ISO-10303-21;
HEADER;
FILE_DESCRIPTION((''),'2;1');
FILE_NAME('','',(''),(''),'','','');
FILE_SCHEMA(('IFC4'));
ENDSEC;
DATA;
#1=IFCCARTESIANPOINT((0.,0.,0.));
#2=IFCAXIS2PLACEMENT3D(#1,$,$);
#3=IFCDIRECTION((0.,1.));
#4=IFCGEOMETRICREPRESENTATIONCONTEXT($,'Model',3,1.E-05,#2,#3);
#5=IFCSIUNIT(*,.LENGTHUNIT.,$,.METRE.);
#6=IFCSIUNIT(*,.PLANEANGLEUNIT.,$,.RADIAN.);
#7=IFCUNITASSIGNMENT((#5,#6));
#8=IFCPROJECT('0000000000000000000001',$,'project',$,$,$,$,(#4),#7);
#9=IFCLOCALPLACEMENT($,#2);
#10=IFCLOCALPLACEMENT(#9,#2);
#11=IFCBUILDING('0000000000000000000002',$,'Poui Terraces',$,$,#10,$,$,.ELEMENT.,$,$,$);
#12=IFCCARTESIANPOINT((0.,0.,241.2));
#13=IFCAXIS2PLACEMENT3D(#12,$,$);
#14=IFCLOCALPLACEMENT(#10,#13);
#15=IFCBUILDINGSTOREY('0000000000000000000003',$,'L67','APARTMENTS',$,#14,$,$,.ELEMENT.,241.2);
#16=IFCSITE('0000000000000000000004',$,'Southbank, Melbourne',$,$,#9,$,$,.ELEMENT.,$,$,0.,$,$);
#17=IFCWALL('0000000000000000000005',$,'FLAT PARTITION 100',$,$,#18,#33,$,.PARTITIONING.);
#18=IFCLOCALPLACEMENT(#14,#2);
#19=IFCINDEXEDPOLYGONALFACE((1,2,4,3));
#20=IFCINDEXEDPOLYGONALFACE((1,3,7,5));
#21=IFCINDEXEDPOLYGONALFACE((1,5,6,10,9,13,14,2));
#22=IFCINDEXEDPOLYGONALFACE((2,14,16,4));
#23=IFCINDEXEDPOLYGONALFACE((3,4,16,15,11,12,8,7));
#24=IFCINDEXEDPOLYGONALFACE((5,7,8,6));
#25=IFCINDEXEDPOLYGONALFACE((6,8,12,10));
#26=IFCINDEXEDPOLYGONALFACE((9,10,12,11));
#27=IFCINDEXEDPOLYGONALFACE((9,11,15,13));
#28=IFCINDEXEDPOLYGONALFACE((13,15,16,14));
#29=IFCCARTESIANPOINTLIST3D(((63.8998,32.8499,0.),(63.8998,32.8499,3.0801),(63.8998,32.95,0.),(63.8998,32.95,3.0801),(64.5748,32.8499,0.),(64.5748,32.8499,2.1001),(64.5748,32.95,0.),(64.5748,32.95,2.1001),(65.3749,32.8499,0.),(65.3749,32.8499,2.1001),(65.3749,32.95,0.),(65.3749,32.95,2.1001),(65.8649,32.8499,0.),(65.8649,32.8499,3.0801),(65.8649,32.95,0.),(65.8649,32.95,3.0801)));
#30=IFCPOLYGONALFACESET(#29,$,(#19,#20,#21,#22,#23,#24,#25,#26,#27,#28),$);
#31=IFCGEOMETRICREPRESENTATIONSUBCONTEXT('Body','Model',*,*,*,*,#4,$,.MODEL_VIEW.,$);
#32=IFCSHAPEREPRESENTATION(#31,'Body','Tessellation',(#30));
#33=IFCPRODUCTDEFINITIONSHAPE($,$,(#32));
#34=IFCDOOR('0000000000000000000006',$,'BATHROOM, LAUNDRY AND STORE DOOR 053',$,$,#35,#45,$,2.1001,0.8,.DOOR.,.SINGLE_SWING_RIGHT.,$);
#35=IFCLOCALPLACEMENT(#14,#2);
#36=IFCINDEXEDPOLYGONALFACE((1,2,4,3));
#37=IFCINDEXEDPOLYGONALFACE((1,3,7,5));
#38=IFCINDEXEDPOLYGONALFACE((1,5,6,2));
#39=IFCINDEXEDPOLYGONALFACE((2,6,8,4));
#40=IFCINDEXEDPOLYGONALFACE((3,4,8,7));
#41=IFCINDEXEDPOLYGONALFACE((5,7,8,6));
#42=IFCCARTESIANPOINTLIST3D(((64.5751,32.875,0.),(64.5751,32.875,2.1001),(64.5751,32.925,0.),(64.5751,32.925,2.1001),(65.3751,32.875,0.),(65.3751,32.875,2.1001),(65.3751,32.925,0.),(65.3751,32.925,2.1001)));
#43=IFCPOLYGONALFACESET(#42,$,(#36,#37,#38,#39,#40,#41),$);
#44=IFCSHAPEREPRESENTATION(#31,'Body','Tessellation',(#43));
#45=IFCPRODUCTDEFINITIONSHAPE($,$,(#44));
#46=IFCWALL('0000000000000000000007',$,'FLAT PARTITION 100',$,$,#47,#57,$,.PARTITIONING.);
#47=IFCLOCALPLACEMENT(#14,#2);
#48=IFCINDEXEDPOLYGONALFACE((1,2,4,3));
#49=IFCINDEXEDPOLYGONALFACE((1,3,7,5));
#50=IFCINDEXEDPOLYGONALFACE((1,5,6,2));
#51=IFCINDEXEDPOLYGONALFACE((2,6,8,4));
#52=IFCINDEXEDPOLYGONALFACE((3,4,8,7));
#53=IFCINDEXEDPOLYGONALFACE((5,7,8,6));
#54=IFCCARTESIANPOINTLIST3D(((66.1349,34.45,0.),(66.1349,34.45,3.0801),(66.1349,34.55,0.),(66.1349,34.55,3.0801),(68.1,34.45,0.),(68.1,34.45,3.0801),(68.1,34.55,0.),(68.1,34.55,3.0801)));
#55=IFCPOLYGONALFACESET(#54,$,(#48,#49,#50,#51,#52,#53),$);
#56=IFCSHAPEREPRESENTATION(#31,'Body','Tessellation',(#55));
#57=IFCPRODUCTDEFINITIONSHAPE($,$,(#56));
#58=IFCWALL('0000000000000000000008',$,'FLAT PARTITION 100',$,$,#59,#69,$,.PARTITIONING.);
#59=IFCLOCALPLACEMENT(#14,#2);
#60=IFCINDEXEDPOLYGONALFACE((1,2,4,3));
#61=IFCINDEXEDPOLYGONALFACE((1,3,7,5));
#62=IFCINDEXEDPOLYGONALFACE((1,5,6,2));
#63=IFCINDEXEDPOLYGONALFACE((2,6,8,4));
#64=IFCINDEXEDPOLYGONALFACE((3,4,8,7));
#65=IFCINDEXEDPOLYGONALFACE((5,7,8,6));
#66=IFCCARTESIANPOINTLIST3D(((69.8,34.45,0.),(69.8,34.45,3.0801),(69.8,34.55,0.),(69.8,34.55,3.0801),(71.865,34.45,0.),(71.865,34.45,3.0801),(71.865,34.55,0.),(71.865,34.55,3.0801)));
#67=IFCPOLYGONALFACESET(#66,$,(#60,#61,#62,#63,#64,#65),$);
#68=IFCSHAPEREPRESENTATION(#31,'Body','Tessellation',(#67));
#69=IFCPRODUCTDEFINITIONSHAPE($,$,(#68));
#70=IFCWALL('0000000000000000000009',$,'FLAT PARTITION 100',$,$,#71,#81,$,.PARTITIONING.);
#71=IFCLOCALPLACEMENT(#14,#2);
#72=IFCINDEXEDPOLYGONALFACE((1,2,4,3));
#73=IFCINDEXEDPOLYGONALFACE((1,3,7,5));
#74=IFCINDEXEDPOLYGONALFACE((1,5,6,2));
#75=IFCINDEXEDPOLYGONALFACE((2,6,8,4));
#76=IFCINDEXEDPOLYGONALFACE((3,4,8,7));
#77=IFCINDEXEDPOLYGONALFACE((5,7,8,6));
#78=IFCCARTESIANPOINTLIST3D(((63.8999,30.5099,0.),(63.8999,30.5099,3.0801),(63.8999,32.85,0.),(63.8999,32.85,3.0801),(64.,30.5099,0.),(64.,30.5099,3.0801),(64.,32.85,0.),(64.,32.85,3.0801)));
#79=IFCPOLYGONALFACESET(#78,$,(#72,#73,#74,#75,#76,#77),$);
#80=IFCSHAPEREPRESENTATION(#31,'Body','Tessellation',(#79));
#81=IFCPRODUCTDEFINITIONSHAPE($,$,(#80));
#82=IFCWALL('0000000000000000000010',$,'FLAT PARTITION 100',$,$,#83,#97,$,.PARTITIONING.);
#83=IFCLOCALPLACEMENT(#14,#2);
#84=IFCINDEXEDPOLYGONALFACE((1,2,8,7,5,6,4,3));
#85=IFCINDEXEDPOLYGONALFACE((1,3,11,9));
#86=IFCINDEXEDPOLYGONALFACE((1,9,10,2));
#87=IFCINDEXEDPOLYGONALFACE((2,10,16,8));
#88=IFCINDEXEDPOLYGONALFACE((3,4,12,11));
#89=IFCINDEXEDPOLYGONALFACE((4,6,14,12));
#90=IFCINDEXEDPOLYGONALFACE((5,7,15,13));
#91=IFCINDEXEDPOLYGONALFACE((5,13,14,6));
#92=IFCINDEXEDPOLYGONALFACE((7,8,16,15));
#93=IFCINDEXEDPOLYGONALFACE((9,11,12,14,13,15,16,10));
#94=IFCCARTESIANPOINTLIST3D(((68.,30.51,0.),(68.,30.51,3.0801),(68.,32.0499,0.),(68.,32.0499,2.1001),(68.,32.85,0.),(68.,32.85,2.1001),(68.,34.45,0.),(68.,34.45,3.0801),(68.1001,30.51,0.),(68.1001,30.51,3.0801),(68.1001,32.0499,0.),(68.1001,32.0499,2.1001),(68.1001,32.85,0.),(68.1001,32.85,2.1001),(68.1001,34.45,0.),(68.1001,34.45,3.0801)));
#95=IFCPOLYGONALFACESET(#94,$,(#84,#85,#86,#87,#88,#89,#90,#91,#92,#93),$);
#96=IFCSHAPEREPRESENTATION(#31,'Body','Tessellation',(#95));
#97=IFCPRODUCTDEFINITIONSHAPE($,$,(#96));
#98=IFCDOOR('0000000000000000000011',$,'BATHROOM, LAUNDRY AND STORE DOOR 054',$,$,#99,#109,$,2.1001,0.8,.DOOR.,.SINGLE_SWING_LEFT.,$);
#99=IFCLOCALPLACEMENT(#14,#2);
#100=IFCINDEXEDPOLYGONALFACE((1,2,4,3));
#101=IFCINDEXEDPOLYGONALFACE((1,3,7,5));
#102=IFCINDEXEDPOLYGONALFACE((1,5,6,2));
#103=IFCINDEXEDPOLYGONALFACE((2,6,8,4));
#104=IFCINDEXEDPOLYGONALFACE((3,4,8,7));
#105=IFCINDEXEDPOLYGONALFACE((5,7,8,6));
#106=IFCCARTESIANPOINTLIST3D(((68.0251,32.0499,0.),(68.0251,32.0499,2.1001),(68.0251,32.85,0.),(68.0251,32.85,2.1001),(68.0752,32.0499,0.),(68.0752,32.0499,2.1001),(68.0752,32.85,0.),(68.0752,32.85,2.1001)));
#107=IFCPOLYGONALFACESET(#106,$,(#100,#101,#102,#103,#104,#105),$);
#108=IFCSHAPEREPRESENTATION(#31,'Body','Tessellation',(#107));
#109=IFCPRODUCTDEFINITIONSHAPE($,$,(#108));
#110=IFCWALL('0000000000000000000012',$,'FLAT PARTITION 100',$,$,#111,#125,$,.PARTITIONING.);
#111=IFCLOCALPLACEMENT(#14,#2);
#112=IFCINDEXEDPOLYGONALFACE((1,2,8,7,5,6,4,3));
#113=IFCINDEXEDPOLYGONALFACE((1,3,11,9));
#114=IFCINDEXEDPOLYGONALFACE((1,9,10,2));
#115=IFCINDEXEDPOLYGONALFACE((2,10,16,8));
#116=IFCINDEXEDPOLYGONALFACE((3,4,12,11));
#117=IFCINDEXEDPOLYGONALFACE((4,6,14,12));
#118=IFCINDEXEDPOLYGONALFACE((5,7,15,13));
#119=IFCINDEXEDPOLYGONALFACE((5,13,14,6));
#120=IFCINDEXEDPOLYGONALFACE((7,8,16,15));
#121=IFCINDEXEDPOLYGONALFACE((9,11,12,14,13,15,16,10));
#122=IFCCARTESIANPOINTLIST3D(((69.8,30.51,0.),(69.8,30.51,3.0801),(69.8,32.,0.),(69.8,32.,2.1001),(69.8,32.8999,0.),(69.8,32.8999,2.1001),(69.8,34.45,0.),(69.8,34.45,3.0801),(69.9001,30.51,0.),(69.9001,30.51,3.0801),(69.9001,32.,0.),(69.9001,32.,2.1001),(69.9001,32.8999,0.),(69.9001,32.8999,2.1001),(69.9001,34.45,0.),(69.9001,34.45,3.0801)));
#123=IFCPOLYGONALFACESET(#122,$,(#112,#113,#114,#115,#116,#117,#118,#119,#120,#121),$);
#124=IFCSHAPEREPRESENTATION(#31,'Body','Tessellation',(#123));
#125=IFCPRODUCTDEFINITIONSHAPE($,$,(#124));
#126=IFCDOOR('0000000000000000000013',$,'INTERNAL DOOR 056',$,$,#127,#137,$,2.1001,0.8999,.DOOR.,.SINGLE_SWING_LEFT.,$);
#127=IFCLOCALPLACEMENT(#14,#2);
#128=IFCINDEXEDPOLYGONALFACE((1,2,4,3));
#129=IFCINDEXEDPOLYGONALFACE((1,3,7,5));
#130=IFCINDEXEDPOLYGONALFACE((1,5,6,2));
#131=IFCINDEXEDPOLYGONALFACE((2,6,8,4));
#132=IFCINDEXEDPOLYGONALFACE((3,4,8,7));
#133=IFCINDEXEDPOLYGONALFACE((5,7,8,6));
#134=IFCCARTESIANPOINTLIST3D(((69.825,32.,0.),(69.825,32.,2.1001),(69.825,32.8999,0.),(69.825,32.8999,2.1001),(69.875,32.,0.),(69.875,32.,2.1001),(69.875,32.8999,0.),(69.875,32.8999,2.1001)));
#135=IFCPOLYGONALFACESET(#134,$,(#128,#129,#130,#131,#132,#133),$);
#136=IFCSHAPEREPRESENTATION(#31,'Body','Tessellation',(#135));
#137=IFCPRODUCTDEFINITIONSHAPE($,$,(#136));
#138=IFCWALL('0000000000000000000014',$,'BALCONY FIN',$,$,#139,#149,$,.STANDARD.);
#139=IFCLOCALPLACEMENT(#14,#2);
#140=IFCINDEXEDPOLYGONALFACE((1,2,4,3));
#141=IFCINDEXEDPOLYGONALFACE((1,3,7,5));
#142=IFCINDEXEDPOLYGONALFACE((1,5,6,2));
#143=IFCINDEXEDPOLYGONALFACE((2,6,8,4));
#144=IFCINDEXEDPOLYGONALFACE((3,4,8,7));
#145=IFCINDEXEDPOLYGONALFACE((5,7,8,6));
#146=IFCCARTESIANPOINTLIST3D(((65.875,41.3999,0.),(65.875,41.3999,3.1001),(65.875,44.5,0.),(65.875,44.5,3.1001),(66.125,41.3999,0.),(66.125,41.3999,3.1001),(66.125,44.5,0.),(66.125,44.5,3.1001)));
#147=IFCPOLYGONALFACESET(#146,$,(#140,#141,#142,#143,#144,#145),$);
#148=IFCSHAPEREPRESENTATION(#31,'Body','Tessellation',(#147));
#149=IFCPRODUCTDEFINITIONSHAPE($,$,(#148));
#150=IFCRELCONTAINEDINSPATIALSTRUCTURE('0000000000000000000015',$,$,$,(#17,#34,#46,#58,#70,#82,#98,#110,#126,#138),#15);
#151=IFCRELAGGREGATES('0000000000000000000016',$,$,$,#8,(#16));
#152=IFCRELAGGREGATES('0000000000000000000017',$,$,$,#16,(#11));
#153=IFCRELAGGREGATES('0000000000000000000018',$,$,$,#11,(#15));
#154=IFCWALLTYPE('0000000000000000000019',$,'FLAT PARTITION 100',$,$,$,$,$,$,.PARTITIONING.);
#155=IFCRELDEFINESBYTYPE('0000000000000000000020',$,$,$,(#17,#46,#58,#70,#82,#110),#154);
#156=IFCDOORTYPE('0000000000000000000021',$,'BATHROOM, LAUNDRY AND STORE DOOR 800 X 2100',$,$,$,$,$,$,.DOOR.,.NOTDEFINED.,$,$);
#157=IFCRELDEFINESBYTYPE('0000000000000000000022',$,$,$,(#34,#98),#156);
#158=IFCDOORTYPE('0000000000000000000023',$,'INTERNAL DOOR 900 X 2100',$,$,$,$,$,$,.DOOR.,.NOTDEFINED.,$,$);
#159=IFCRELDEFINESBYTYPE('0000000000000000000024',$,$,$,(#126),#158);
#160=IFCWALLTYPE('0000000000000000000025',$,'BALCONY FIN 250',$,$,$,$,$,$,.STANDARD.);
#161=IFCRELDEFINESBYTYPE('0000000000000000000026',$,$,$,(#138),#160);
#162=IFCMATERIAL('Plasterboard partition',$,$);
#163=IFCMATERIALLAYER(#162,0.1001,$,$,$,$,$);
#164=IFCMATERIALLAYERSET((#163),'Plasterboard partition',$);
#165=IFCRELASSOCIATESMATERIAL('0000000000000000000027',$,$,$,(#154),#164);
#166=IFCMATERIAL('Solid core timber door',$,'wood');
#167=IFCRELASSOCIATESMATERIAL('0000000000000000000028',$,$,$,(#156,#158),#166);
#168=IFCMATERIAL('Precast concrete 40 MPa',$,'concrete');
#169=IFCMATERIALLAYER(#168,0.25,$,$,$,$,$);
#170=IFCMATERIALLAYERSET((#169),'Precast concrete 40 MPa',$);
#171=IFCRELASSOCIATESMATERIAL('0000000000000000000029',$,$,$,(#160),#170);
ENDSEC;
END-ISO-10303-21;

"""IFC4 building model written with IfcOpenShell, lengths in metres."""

from ifc_helpers import new_model, si_unit, direction, frame, frame_2d, origin, place, context, subcontext, project, spatial, polyline, rectangle, outline, extrude, source, transform, mapped, material, layer, layer_set, type_object, element, fill, save


model = new_model("IFC4")

# Units and contexts
model_context = context("Model", 3, precision=1e-05, world=origin(), true_north=direction((0.0, 1.0)))
body_context = subcontext(model_context, "Body", "Model", "MODEL_VIEW")
ifc_project = project(units=[si_unit("LENGTHUNIT", "METRE"), si_unit("PLANEANGLEUNIT", "RADIAN")], contexts=[model_context])

# Site, building, storey
site_placement = place(None, origin())
site = spatial("IfcSite", under=ifc_project, at=site_placement, Name="Southbank, Melbourne", CompositionType="ELEMENT", RefElevation=0.0)
building_placement = place(site_placement, origin())
building = spatial("IfcBuilding", under=site, at=building_placement, Name="Poui Terraces", CompositionType="ELEMENT")
storey_placement = place(building_placement, frame((0.0, 0.0, 241.2)))
storey = spatial("IfcBuildingStorey", under=building, at=storey_placement, Name="L67", Description="APARTMENTS", CompositionType="ELEMENT", Elevation=241.2)

# Wall, opening, door
ifc_material_1 = material(Name="Plasterboard partition")
ifc_layer_1 = layer(ifc_material_1, 0.1001)
ifc_layer_set_1 = layer_set([ifc_layer_1], Name="Plasterboard partition")
wall_type_1 = type_object("IfcWallType", Name="FLAT PARTITION 100", PredefinedType="PARTITIONING", material=ifc_layer_set_1)
wall_1_placement = place(storey_placement, frame((63.8999, 32.8999, 0.0), z_axis=(0.0, 0.0, 1.0), x_axis=(1.0, 0.0, 0.0)))
wall_1 = element("IfcWall", 1, at=wall_1_placement, inside=storey, type_object=wall_type_1, Name="FLAT PARTITION 100", PredefinedType="PARTITIONING", context=body_context, shape_type="SweptSolid", body=[
    extrude(rectangle(XDim=1.9651, YDim=0.1001, at=frame_2d((0.9824, 0.0))), origin(), (0.0, 0.0, 1.0), 3.0801),
])
opening_1_placement = place(wall_1_placement, frame((0.675, 0.0, 0.0)))
opening_1 = element("IfcOpeningElement", 2, at=opening_1_placement, cuts=wall_1, PredefinedType="OPENING", context=body_context, shape_type="SweptSolid", body=[
    extrude(rectangle(XDim=0.8, YDim=2.1001, at=frame_2d((0.3999, 1.05))), frame((0.0, 0.0601, 0.0), z_axis=(0.0, -1.0, 0.0), x_axis=(1.0, 0.0, 0.0)), (0.0, 0.0, 1.0), 0.1201),
])
ifc_material_2 = material(Name="Solid core timber door", Category="wood")
door_type_1 = type_object("IfcDoorType", Name="BATHROOM, LAUNDRY AND STORE DOOR 800 X 2100", OperationType="NOTDEFINED", PredefinedType="DOOR", material=ifc_material_2)
door_1_placement = place(opening_1_placement, frame((0.8, 0.0, 0.0), z_axis=(0.0, 0.0, 1.0), x_axis=(-1.0, 0.0, 0.0)))
door_1 = element("IfcDoor", 3, at=door_1_placement, inside=storey, type_object=door_type_1, Name="BATHROOM, LAUNDRY AND STORE DOOR 053", OperationType="SINGLE_SWING_RIGHT", OverallHeight=2.1001, OverallWidth=0.8, PredefinedType="DOOR", context=body_context, shape_type="SweptSolid", body=[
    extrude(rectangle(XDim=0.8, YDim=2.1001, at=frame_2d((0.3999, 1.05))), frame((0.0, 0.0249, 0.0), z_axis=(0.0, -1.0, 0.0), x_axis=(1.0, 0.0, 0.0)), (0.0, 0.0, 1.0), 0.05),
])
fill(opening_1, door_1)

# Walls
wall_2_placement = place(storey_placement, frame((66.135, 34.5, 0.0), z_axis=(0.0, 0.0, 1.0), x_axis=(1.0, 0.0, 0.0)))
element("IfcWall", 4, at=wall_2_placement, inside=storey, type_object=wall_type_1, Name="FLAT PARTITION 100", PredefinedType="PARTITIONING", context=body_context, shape_type="SweptSolid", body=[
    extrude(rectangle(XDim=1.9651, YDim=0.1001, at=frame_2d((0.9824, 0.0))), origin(), (0.0, 0.0, 1.0), 3.0801),
])
wall_3_placement = place(storey_placement, frame((69.8, 34.5, 0.0), z_axis=(0.0, 0.0, 1.0), x_axis=(1.0, 0.0, 0.0)))
element("IfcWall", 5, at=wall_3_placement, inside=storey, type_object=wall_type_1, Name="FLAT PARTITION 100", PredefinedType="PARTITIONING", context=body_context, shape_type="SweptSolid", body=[
    extrude(rectangle(XDim=2.0649, YDim=0.1001, at=frame_2d((1.0325, 0.0))), origin(), (0.0, 0.0, 1.0), 3.0801),
])
wall_4_placement = place(storey_placement, frame((63.95, 30.51, 0.0), z_axis=(0.0, 0.0, 1.0), x_axis=(0.0, 1.0, 0.0)))
element("IfcWall", 6, at=wall_4_placement, inside=storey, type_object=wall_type_1, Name="FLAT PARTITION 100", PredefinedType="PARTITIONING", context=body_context, shape_type="SweptSolid", body=[
    extrude(rectangle(XDim=2.3401, YDim=0.1001, at=frame_2d((1.1699, 0.0))), origin(), (0.0, 0.0, 1.0), 3.0801),
])

# Walls, openings, doors
wall_5_placement = place(storey_placement, frame((68.05, 30.51, 0.0), z_axis=(0.0, 0.0, 1.0), x_axis=(0.0, 1.0, 0.0)))
wall_5 = element("IfcWall", 7, at=wall_5_placement, inside=storey, type_object=wall_type_1, Name="FLAT PARTITION 100", PredefinedType="PARTITIONING", context=body_context, shape_type="SweptSolid", body=[
    extrude(rectangle(XDim=3.9399, YDim=0.1001, at=frame_2d((1.97, 0.0))), origin(), (0.0, 0.0, 1.0), 3.0801),
])
opening_2_placement = place(wall_5_placement, frame((1.54, 0.0, 0.0)))
opening_2 = element("IfcOpeningElement", 8, at=opening_2_placement, cuts=wall_5, PredefinedType="OPENING", context=body_context, shape_type="SweptSolid", body=[
    extrude(rectangle(XDim=0.8, YDim=2.1001, at=frame_2d((0.3999, 1.05))), frame((0.0, 0.0601, 0.0), z_axis=(0.0, -1.0, 0.0), x_axis=(1.0, 0.0, 0.0)), (0.0, 0.0, 1.0), 0.1201),
])
door_2_placement = place(opening_2_placement, origin())
door_2 = element("IfcDoor", 9, at=door_2_placement, inside=storey, type_object=door_type_1, Name="BATHROOM, LAUNDRY AND STORE DOOR 054", OperationType="SINGLE_SWING_LEFT", OverallHeight=2.1001, OverallWidth=0.8, PredefinedType="DOOR", context=body_context, shape_type="SweptSolid", body=[
    extrude(rectangle(XDim=0.8, YDim=2.1001, at=frame_2d((0.3999, 1.05))), frame((0.0, 0.0249, 0.0), z_axis=(0.0, -1.0, 0.0), x_axis=(1.0, 0.0, 0.0)), (0.0, 0.0, 1.0), 0.05),
])
fill(opening_2, door_2)
wall_6_placement = place(storey_placement, frame((69.8501, 30.51, 0.0), z_axis=(0.0, 0.0, 1.0), x_axis=(0.0, 1.0, 0.0)))
wall_6 = element("IfcWall", 10, at=wall_6_placement, inside=storey, type_object=wall_type_1, Name="FLAT PARTITION 100", PredefinedType="PARTITIONING", context=body_context, shape_type="SweptSolid", body=[
    extrude(rectangle(XDim=3.9399, YDim=0.1001, at=frame_2d((1.97, 0.0))), origin(), (0.0, 0.0, 1.0), 3.0801),
])
opening_3_placement = place(wall_6_placement, frame((1.49, 0.0, 0.0)))
opening_3 = element("IfcOpeningElement", 11, at=opening_3_placement, cuts=wall_6, PredefinedType="OPENING", context=body_context, shape_type="SweptSolid", body=[
    extrude(rectangle(XDim=0.8999, YDim=2.1001, at=frame_2d((0.45, 1.05))), frame((0.0, 0.0601, 0.0), z_axis=(0.0, -1.0, 0.0), x_axis=(1.0, 0.0, 0.0)), (0.0, 0.0, 1.0), 0.1201),
])
door_type_2 = type_object("IfcDoorType", Name="INTERNAL DOOR 900 X 2100", OperationType="NOTDEFINED", PredefinedType="DOOR", material=ifc_material_2)
door_3_placement = place(opening_3_placement, frame((0.8999, 0.0, 0.0), z_axis=(0.0, 0.0, 1.0), x_axis=(-1.0, 0.0, 0.0)))
door_3 = element("IfcDoor", 12, at=door_3_placement, inside=storey, type_object=door_type_2, Name="INTERNAL DOOR 056", OperationType="SINGLE_SWING_LEFT", OverallHeight=2.1001, OverallWidth=0.8999, PredefinedType="DOOR", context=body_context, shape_type="SweptSolid", body=[
    extrude(rectangle(XDim=0.8999, YDim=2.1001, at=frame_2d((0.45, 1.05))), frame((0.0, 0.0249, 0.0), z_axis=(0.0, -1.0, 0.0), x_axis=(1.0, 0.0, 0.0)), (0.0, 0.0, 1.0), 0.05),
])
fill(opening_3, door_3)

# Wall
ifc_material_3 = material(Name="Precast concrete 40 MPa", Category="concrete")
ifc_layer_2 = layer(ifc_material_3, 0.25)
ifc_layer_set_2 = layer_set([ifc_layer_2], Name="Precast concrete 40 MPa")
wall_type_2 = type_object("IfcWallType", Name="BALCONY FIN 250", PredefinedType="STANDARD", material=ifc_layer_set_2)
shared_shape_1 = source(origin(), body_context, "Body", "SweptSolid", [
    extrude(outline(polyline([(0.0, 0.0), (0.25, 0.0), (0.25, 3.1001), (0.0, 3.1001), (0.0, 0.0)])), origin(), (0.0, 0.0, 1.0), 3.1001),
])
wall_7_placement = place(storey_placement, frame((65.875, 41.3999, 0.0)))
element("IfcWall", 13, at=wall_7_placement, inside=storey, type_object=wall_type_2, Name="BALCONY FIN", PredefinedType="STANDARD", context=body_context, shape_type="MappedRepresentation", body=[
    mapped(shared_shape_1, transform((0.0, 0.0, 0.0))),
])

save(model, "model.ifc")
